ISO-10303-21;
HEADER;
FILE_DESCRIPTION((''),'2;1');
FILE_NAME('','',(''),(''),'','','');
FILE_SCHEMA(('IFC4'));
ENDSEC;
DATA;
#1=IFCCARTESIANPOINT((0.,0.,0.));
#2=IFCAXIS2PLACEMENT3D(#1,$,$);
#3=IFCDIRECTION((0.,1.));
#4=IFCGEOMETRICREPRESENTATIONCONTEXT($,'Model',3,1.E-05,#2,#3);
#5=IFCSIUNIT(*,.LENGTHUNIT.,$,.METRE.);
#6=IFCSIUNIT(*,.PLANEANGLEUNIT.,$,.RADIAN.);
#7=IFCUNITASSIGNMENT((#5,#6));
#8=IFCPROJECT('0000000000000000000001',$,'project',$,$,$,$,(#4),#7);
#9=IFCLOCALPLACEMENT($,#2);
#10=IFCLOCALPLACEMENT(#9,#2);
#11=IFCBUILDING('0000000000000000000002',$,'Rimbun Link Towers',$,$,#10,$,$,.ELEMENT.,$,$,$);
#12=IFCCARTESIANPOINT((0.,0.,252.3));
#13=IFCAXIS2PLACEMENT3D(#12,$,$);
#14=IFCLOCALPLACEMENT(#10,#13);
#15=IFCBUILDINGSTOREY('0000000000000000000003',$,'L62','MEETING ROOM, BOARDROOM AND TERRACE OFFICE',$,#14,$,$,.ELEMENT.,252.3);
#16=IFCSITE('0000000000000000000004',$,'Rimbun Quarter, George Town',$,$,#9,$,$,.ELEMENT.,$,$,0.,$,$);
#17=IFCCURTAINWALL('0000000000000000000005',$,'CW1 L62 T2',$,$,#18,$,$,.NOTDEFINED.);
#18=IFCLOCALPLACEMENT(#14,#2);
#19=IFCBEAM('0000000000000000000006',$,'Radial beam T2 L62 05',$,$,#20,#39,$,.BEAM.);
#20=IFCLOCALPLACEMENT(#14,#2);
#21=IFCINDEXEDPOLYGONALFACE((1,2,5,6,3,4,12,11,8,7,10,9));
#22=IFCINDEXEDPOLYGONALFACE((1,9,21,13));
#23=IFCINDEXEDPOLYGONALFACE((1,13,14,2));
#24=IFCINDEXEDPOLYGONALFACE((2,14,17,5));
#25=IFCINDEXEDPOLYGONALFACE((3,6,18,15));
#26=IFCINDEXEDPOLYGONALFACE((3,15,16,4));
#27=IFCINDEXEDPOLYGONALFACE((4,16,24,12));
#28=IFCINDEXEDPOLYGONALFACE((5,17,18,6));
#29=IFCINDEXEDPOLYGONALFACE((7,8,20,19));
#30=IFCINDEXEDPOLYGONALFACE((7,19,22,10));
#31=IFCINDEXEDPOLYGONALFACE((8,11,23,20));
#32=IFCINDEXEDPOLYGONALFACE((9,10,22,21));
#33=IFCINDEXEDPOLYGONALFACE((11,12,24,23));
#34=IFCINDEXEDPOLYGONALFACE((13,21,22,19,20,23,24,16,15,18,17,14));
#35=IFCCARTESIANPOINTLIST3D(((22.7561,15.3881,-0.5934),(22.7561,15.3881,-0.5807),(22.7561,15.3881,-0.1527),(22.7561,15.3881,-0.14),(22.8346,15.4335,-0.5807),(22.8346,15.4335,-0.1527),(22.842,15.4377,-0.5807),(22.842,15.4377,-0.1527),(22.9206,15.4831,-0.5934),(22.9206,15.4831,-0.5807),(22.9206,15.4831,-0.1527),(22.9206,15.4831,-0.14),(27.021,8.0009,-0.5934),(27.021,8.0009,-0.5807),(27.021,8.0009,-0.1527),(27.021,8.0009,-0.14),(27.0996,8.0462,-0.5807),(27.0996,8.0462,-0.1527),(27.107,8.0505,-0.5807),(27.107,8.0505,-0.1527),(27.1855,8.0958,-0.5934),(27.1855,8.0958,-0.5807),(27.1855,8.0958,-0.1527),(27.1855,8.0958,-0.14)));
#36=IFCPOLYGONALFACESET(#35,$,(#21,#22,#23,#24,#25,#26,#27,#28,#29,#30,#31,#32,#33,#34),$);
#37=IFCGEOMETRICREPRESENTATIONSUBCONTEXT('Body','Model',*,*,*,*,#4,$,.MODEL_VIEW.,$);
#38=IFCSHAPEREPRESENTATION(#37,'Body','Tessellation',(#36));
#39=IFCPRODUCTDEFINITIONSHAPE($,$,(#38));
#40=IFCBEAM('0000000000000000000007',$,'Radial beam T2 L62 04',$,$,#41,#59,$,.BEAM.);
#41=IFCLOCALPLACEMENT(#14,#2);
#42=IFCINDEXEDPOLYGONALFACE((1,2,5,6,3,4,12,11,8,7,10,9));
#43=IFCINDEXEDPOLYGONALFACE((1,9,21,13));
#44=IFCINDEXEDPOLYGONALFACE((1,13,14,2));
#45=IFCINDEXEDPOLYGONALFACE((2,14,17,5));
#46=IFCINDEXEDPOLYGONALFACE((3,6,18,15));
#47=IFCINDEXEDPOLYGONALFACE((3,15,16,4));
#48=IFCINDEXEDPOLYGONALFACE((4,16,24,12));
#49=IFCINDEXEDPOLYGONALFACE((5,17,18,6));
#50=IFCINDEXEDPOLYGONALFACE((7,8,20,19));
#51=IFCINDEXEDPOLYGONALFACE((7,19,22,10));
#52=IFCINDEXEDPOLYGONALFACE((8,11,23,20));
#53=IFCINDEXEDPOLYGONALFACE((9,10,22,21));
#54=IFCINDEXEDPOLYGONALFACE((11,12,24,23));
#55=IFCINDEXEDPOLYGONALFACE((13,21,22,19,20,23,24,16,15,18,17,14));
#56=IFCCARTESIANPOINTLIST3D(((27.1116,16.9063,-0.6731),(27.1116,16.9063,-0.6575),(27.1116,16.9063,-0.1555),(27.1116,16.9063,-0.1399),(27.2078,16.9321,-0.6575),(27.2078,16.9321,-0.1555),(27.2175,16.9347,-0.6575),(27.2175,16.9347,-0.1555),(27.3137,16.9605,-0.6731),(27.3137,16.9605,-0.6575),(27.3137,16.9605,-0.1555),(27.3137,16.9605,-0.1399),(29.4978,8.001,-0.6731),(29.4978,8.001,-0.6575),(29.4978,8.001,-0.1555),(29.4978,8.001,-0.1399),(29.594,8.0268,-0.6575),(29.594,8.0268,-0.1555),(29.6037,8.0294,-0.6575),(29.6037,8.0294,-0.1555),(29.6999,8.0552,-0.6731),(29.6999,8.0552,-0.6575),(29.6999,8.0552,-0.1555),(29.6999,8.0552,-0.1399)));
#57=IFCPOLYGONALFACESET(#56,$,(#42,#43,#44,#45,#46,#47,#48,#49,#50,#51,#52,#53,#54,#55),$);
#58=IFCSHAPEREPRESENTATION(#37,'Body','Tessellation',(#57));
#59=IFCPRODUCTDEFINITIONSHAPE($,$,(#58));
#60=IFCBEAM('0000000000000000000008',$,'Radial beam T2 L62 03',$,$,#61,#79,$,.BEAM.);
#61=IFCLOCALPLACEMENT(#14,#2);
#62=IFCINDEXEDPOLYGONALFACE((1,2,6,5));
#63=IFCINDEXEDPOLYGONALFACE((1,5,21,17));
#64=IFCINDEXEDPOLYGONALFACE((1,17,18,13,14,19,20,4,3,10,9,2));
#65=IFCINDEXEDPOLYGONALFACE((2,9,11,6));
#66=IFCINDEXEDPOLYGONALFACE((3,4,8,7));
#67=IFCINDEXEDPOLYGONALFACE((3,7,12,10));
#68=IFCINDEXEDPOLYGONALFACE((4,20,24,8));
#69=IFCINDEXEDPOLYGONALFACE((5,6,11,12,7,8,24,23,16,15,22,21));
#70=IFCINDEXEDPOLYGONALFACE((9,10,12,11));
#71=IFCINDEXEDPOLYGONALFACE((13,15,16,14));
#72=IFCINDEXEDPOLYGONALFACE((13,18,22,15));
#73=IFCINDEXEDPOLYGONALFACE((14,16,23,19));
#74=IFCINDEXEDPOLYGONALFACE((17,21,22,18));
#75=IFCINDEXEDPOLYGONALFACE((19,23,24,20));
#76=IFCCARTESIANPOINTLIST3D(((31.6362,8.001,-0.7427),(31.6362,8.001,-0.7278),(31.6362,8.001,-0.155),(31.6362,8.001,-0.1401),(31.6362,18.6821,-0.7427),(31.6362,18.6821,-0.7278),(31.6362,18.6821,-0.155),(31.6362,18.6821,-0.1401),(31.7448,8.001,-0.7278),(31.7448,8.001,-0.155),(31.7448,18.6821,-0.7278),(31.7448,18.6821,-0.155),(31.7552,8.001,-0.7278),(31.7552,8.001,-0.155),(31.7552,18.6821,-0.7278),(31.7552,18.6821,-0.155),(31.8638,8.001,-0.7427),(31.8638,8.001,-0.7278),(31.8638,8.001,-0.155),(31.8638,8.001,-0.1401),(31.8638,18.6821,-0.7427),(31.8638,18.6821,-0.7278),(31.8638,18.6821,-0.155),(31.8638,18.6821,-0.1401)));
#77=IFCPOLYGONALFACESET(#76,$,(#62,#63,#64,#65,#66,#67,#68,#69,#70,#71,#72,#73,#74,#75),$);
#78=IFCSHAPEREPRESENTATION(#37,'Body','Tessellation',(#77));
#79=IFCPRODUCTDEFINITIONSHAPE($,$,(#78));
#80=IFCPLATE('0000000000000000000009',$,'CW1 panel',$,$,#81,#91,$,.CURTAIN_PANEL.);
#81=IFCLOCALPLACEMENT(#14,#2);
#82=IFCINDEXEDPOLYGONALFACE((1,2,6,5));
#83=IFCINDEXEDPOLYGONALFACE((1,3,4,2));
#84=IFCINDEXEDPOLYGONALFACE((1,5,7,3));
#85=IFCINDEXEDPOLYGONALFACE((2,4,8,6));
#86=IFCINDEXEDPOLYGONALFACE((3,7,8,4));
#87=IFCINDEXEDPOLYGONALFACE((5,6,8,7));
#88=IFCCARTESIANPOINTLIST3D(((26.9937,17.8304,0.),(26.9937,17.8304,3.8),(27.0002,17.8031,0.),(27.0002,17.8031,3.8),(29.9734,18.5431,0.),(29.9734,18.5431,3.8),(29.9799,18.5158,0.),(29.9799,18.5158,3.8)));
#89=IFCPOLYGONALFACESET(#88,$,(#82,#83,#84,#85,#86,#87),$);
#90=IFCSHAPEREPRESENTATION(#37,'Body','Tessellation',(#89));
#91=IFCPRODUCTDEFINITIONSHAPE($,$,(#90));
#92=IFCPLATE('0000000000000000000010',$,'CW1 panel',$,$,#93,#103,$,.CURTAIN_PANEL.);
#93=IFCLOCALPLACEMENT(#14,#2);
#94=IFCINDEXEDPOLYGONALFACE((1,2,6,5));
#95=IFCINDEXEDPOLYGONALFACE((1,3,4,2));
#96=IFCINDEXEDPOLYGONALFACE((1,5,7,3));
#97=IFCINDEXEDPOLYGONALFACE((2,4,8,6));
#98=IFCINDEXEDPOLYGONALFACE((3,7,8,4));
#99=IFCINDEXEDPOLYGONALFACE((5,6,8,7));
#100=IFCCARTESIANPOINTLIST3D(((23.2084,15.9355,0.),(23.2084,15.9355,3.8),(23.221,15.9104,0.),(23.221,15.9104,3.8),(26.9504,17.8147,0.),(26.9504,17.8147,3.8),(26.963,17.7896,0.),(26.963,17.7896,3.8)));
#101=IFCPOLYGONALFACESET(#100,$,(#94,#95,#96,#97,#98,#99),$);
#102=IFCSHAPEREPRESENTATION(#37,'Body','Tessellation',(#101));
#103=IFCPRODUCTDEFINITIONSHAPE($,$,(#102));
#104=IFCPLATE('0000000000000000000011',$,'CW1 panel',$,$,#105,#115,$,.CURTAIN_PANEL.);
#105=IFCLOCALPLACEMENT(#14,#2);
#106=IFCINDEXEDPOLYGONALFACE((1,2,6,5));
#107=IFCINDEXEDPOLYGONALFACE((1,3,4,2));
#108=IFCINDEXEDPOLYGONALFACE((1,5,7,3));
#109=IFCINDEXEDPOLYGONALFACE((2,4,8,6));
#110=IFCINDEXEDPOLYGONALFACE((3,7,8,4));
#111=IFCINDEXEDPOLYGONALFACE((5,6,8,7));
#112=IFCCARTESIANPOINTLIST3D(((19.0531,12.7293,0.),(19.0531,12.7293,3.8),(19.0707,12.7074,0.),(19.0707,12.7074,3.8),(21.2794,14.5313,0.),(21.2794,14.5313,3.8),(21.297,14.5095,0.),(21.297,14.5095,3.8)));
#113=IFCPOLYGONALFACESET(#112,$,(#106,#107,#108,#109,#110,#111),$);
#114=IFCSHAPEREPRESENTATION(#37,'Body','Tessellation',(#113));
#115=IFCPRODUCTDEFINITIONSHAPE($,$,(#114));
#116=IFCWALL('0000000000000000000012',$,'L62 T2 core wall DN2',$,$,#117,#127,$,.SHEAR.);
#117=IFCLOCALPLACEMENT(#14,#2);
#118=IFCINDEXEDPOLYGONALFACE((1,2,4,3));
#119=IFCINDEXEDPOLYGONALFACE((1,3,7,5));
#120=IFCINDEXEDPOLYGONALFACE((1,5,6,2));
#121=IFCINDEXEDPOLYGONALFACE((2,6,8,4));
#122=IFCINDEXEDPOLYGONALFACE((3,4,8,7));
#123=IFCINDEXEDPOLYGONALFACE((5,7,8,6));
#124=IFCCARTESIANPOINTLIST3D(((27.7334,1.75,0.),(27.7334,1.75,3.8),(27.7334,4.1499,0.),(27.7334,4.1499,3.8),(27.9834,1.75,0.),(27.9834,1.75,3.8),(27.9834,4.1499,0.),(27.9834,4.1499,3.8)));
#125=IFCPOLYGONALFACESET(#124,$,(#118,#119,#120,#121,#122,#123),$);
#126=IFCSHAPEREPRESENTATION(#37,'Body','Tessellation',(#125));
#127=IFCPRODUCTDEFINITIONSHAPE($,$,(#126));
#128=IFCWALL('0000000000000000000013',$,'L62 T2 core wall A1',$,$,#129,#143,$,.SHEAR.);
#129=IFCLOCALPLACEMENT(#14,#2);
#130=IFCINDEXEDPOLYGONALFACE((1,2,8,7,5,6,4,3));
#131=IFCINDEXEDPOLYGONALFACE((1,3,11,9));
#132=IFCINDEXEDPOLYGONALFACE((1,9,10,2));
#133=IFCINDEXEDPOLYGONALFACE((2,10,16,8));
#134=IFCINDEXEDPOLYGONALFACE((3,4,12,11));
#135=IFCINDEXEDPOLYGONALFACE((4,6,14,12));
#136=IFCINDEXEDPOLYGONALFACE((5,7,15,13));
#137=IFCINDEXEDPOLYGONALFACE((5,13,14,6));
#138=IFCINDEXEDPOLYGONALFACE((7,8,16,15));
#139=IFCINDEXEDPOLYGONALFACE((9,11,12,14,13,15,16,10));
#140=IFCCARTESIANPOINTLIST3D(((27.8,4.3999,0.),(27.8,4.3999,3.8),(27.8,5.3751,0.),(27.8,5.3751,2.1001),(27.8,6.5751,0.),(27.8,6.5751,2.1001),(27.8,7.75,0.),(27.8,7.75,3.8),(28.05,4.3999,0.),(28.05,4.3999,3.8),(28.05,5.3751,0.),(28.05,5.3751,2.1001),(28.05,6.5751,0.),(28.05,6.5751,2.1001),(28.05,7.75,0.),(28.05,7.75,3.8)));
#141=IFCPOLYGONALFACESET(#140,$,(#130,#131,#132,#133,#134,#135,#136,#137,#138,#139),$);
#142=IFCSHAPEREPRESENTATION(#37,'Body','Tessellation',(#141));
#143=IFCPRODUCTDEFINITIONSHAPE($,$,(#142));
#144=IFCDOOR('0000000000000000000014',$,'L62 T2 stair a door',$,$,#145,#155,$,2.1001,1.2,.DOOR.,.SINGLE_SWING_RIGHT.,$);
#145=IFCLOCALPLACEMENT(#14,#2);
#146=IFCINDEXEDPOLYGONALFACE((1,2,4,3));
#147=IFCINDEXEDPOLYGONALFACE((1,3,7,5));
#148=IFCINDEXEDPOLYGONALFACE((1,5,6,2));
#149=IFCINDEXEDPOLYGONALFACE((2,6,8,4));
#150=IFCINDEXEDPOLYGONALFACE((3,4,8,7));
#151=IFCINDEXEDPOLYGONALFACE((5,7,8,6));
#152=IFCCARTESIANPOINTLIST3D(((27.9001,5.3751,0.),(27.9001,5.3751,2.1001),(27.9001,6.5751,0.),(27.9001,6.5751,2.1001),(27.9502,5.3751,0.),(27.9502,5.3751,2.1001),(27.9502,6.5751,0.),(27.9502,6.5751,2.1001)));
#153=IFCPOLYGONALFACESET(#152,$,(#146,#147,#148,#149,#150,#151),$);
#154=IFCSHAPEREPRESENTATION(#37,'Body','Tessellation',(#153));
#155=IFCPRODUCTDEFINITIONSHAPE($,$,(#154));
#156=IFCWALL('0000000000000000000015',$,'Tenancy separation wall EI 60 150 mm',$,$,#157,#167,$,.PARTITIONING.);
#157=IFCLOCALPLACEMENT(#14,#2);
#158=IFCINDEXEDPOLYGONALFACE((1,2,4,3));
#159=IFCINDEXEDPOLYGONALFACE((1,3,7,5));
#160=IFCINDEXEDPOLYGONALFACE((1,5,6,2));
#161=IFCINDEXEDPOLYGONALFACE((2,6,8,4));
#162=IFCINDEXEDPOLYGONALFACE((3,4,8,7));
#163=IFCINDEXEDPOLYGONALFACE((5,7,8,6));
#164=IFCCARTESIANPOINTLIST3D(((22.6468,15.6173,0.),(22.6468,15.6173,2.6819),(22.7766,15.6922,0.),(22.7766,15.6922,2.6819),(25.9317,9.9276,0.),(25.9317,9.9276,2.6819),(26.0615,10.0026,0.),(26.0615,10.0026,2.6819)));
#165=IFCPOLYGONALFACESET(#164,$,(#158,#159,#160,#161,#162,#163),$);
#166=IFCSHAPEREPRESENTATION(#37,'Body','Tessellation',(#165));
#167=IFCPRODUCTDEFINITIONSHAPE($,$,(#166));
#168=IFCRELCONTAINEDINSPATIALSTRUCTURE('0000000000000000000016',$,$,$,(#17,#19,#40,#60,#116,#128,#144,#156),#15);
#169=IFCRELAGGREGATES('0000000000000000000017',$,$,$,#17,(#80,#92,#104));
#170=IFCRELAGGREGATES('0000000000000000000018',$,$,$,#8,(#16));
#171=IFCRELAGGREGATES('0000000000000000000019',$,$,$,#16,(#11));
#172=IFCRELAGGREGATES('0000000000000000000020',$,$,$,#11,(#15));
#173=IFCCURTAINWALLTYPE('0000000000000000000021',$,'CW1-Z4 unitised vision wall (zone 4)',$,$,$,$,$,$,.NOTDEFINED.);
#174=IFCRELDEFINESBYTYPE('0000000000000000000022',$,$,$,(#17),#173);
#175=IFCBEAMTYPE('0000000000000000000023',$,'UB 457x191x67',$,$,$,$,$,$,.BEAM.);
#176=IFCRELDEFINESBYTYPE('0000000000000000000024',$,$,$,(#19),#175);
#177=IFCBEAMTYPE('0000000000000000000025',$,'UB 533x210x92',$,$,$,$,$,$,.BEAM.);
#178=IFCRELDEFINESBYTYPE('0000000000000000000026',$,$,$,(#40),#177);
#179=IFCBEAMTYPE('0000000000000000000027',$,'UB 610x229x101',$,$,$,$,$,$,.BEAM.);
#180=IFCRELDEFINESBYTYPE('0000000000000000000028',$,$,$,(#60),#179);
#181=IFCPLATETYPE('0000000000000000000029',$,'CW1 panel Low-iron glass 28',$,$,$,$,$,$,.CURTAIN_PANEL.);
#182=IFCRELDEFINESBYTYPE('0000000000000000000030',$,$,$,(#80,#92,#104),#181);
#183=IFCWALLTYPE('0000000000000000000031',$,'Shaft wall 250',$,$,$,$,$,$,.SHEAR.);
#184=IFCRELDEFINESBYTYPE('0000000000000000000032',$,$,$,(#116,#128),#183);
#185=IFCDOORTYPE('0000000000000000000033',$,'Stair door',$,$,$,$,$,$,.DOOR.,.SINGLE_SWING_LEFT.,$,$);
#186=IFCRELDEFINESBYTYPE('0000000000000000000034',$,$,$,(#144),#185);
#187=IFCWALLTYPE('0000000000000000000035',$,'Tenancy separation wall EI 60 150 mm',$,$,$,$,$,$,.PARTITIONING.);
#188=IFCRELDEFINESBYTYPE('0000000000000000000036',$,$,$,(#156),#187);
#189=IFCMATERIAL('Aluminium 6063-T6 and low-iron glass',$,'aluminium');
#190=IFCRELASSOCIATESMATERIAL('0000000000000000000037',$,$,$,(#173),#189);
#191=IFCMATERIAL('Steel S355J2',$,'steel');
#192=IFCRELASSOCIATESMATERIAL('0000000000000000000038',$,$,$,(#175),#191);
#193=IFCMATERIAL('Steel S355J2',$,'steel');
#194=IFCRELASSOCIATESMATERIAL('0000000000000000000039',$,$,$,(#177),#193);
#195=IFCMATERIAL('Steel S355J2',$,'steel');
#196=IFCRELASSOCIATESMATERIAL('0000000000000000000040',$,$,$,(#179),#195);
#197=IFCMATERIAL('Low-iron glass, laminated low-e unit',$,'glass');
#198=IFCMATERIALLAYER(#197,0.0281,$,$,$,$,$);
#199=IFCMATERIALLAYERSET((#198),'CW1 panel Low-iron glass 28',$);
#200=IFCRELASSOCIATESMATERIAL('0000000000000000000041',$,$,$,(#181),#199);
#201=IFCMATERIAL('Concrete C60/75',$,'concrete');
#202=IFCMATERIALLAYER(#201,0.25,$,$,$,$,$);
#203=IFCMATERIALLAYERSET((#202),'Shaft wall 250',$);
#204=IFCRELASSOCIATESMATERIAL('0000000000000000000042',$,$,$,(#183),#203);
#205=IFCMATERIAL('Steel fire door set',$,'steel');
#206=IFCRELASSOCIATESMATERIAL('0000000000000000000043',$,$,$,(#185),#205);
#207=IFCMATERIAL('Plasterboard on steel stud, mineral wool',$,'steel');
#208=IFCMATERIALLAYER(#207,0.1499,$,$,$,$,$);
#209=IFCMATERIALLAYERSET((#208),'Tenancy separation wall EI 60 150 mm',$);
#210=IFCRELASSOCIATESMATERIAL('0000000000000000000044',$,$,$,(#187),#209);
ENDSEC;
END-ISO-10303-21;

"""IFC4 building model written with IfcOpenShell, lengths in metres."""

from ifc_helpers import new_model, si_unit, direction, frame, frame_2d, origin, origin_2d, place, context, subcontext, project, spatial, rectangle, i_section, extrude, material, layer, layer_set, material_profile, profile_set, type_object, element, fill, aggregate, save


model = new_model("IFC4")

# Units and contexts
model_context = context("Model", 3, precision=1e-05, world=origin(), true_north=direction((0.0, 1.0)))
body_context = subcontext(model_context, "Body", "Model", "MODEL_VIEW")
ifc_project = project(units=[si_unit("LENGTHUNIT", "METRE"), si_unit("PLANEANGLEUNIT", "RADIAN")], contexts=[model_context])

# Site, building, storey
site_placement = place(None, origin())
site = spatial("IfcSite", under=ifc_project, at=site_placement, Name="Rimbun Quarter, George Town", CompositionType="ELEMENT", RefElevation=0.0)
building_placement = place(site_placement, origin())
building = spatial("IfcBuilding", under=site, at=building_placement, Name="Rimbun Link Towers", CompositionType="ELEMENT")
storey_placement = place(building_placement, frame((0.0, 0.0, 252.3)))
storey = spatial("IfcBuildingStorey", under=building, at=storey_placement, Name="L62", Description="MEETING ROOM, BOARDROOM AND TERRACE OFFICE", CompositionType="ELEMENT", Elevation=252.3)

# Curtain wall
ifc_material_1 = material(Name="Aluminium 6063-T6 and low-iron glass", Category="aluminium")
curtain_wall_type = type_object("IfcCurtainWallType", Name="CW1-Z4 unitised vision wall (zone 4)", PredefinedType="NOTDEFINED", material=ifc_material_1)
curtain_wall_placement = place(storey_placement, origin())
curtain_wall = element("IfcCurtainWall", 1, at=curtain_wall_placement, inside=storey, type_object=curtain_wall_type, Name="CW1 L62 T2", PredefinedType="NOTDEFINED")

# Beams
ifc_material_2 = material(Name="Steel S355J2", Category="steel")
ifc_material_profile_1 = material_profile(ifc_material_2, i_section(OverallWidth=0.1899, OverallDepth=0.4534, WebThickness=0.0085, FlangeThickness=0.0127, at=origin_2d()), Name="UB 457x191x67")
ifc_profile_set_1 = profile_set([ifc_material_profile_1], Name="Steel S355J2")
beam_type_1 = type_object("IfcBeamType", Name="UB 457x191x67", PredefinedType="BEAM", material=ifc_profile_set_1)
beam_1_placement = place(storey_placement, frame((27.1033, 8.0483, -0.3667), z_axis=(-0.49999, 0.866031, 0.0), x_axis=(-0.866031, -0.49999, 0.0)))
element("IfcBeam", 2, at=beam_1_placement, inside=storey, type_object=beam_type_1, Name="Radial beam T2 L62 05", PredefinedType="BEAM", context=body_context, shape_type="SweptSolid", body=[
    extrude(i_section(OverallWidth=0.1899, OverallDepth=0.4534, WebThickness=0.0085, FlangeThickness=0.0127, at=origin_2d()), origin(), (0.0, 0.0, 1.0), 8.53),
])
ifc_material_3 = material(Name="Steel S355J2", Category="steel")
ifc_material_profile_2 = material_profile(ifc_material_3, i_section(OverallWidth=0.2092, OverallDepth=0.5332, WebThickness=0.01, FlangeThickness=0.0156, at=origin_2d()), Name="UB 533x210x92")
ifc_profile_set_2 = profile_set([ifc_material_profile_2], Name="Steel S355J2")
beam_type_2 = type_object("IfcBeamType", Name="UB 533x210x92", PredefinedType="BEAM", material=ifc_profile_set_2)
beam_2_placement = place(storey_placement, frame((29.5989, 8.0281, -0.4065), z_axis=(-0.258826, 0.965924, 0.0), x_axis=(-0.965924, -0.258826, 0.0)))
element("IfcBeam", 3, at=beam_2_placement, inside=storey, type_object=beam_type_2, Name="Radial beam T2 L62 04", PredefinedType="BEAM", context=body_context, shape_type="SweptSolid", body=[
    extrude(i_section(OverallWidth=0.2092, OverallDepth=0.5332, WebThickness=0.01, FlangeThickness=0.0156, at=origin_2d()), origin(), (0.0, 0.0, 1.0), 9.2195),
])
ifc_material_4 = material(Name="Steel S355J2", Category="steel")
ifc_material_profile_3 = material_profile(ifc_material_4, i_section(OverallWidth=0.2275, OverallDepth=0.6025, WebThickness=0.0105, FlangeThickness=0.0149, at=origin_2d()), Name="UB 610x229x101")
ifc_profile_set_3 = profile_set([ifc_material_profile_3], Name="Steel S355J2")
beam_type_3 = type_object("IfcBeamType", Name="UB 610x229x101", PredefinedType="BEAM", material=ifc_profile_set_3)
beam_3_placement = place(storey_placement, frame((31.75, 8.001, -0.4414), z_axis=(0.0, 1.0, 0.0), x_axis=(-1.0, 0.0, 0.0)))
element("IfcBeam", 4, at=beam_3_placement, inside=storey, type_object=beam_type_3, Name="Radial beam T2 L62 03", PredefinedType="BEAM", context=body_context, shape_type="SweptSolid", body=[
    extrude(i_section(OverallWidth=0.2275, OverallDepth=0.6025, WebThickness=0.0105, FlangeThickness=0.0149, at=origin_2d()), origin(), (0.0, 0.0, 1.0), 10.6812),
])

# Plates
ifc_material_5 = material(Name="Low-iron glass, laminated low-e unit", Category="glass")
ifc_layer_1 = layer(ifc_material_5, 0.0281)
ifc_layer_set_1 = layer_set([ifc_layer_1], Name="CW1 panel Low-iron glass 28")
plate_type = type_object("IfcPlateType", Name="CW1 panel Low-iron glass 28", PredefinedType="CURTAIN_PANEL", material=ifc_layer_set_1)
plate_1_placement = place(storey_placement, frame((28.4868, 18.1731, 0.0), z_axis=(0.0, 0.0, 1.0), x_axis=(0.972571, 0.232605, 0.0)))
plate_1 = element("IfcPlate", 5, at=plate_1_placement, type_object=plate_type, Name="CW1 panel", PredefinedType="CURTAIN_PANEL", context=body_context, shape_type="SweptSolid", body=[
    extrude(rectangle(XDim=3.0637, YDim=0.0281, at=origin_2d()), origin(), (0.0, 0.0, 1.0), 3.8),
])
plate_2_placement = place(storey_placement, frame((25.0857, 16.8625, 0.0), z_axis=(0.0, 0.0, 1.0), x_axis=(0.893647, 0.44877, 0.0)))
plate_2 = element("IfcPlate", 6, at=plate_2_placement, type_object=plate_type, Name="CW1 panel", PredefinedType="CURTAIN_PANEL", context=body_context, shape_type="SweptSolid", body=[
    extrude(rectangle(XDim=4.1873, YDim=0.0281, at=origin_2d()), origin(), (0.0, 0.0, 1.0), 3.8),
])
plate_3_placement = place(storey_placement, frame((20.175, 13.6194, 0.0), z_axis=(0.0, 0.0, 1.0), x_axis=(0.777277, 0.629159, 0.0)))
plate_3 = element("IfcPlate", 7, at=plate_3_placement, type_object=plate_type, Name="CW1 panel", PredefinedType="CURTAIN_PANEL", context=body_context, shape_type="SweptSolid", body=[
    extrude(rectangle(XDim=2.8643, YDim=0.0281, at=origin_2d()), origin(), (0.0, 0.0, 1.0), 3.8),
])
aggregate(curtain_wall, [plate_1, plate_2, plate_3])

# Wall
ifc_material_6 = material(Name="Concrete C60/75", Category="concrete")
ifc_layer_2 = layer(ifc_material_6, 0.25)
ifc_layer_set_2 = layer_set([ifc_layer_2], Name="Shaft wall 250")
wall_type_1 = type_object("IfcWallType", Name="Shaft wall 250", PredefinedType="SHEAR", material=ifc_layer_set_2)
wall_1_placement = place(storey_placement, frame((27.8584, 1.75, 0.0), z_axis=(0.0, 0.0, 1.0), x_axis=(0.0, 1.0, 0.0)))
element("IfcWall", 8, at=wall_1_placement, inside=storey, type_object=wall_type_1, Name="L62 T2 core wall DN2", PredefinedType="SHEAR", context=body_context, shape_type="SweptSolid", body=[
    extrude(rectangle(XDim=2.3999, YDim=0.25, at=frame_2d((1.2, 0.0))), origin(), (0.0, 0.0, 1.0), 3.8),
])

# Wall, opening, door
wall_2_placement = place(storey_placement, frame((27.925, 4.3999, 0.0), z_axis=(0.0, 0.0, 1.0), x_axis=(0.0, 1.0, 0.0)))
wall_2 = element("IfcWall", 9, at=wall_2_placement, inside=storey, type_object=wall_type_1, Name="L62 T2 core wall A1", PredefinedType="SHEAR", context=body_context, shape_type="SweptSolid", body=[
    extrude(rectangle(XDim=3.3501, YDim=0.25, at=frame_2d((1.675, 0.0))), origin(), (0.0, 0.0, 1.0), 3.8),
])
opening_placement = place(wall_2_placement, frame((0.9751, 0.0, 0.0)))
opening = element("IfcOpeningElement", 10, at=opening_placement, cuts=wall_2, PredefinedType="OPENING", context=body_context, shape_type="SweptSolid", body=[
    extrude(rectangle(XDim=1.2, YDim=2.1001, at=frame_2d((0.6001, 1.05))), frame((0.0, 0.135, 0.0), z_axis=(0.0, -1.0, 0.0), x_axis=(1.0, 0.0, 0.0)), (0.0, 0.0, 1.0), 0.27),
])
ifc_material_7 = material(Name="Steel fire door set", Category="steel")
door_type = type_object("IfcDoorType", Name="Stair door", OperationType="SINGLE_SWING_LEFT", PredefinedType="DOOR", material=ifc_material_7)
door_placement = place(opening_placement, origin())
door = element("IfcDoor", 11, at=door_placement, inside=storey, type_object=door_type, Name="L62 T2 stair a door", OperationType="SINGLE_SWING_RIGHT", OverallHeight=2.1001, OverallWidth=1.2, PredefinedType="DOOR", context=body_context, shape_type="SweptSolid", body=[
    extrude(rectangle(XDim=1.2, YDim=2.1001, at=frame_2d((0.6001, 1.05))), frame((0.0, 0.0249, 0.0), z_axis=(0.0, -1.0, 0.0), x_axis=(1.0, 0.0, 0.0)), (0.0, 0.0, 1.0), 0.05),
])
fill(opening, door)

# Wall
ifc_material_8 = material(Name="Plasterboard on steel stud, mineral wool", Category="steel")
ifc_layer_3 = layer(ifc_material_8, 0.1499)
ifc_layer_set_3 = layer_set([ifc_layer_3], Name="Tenancy separation wall EI 60 150 mm")
wall_type_2 = type_object("IfcWallType", Name="Tenancy separation wall EI 60 150 mm", PredefinedType="PARTITIONING", material=ifc_layer_set_3)
wall_3_placement = place(storey_placement, frame((25.9966, 9.9651, 0.0), z_axis=(0.0, 0.0, 1.0), x_axis=(-0.499996, 0.866028, 0.0)))
element("IfcWall", 12, at=wall_3_placement, inside=storey, type_object=wall_type_2, Name="Tenancy separation wall EI 60 150 mm", PredefinedType="PARTITIONING", context=body_context, shape_type="SweptSolid", body=[
    extrude(rectangle(XDim=6.5698, YDim=0.1499, at=frame_2d((3.2849, 0.0))), origin(), (0.0, 0.0, 1.0), 2.6819),
])

save(model, "model.ifc")
